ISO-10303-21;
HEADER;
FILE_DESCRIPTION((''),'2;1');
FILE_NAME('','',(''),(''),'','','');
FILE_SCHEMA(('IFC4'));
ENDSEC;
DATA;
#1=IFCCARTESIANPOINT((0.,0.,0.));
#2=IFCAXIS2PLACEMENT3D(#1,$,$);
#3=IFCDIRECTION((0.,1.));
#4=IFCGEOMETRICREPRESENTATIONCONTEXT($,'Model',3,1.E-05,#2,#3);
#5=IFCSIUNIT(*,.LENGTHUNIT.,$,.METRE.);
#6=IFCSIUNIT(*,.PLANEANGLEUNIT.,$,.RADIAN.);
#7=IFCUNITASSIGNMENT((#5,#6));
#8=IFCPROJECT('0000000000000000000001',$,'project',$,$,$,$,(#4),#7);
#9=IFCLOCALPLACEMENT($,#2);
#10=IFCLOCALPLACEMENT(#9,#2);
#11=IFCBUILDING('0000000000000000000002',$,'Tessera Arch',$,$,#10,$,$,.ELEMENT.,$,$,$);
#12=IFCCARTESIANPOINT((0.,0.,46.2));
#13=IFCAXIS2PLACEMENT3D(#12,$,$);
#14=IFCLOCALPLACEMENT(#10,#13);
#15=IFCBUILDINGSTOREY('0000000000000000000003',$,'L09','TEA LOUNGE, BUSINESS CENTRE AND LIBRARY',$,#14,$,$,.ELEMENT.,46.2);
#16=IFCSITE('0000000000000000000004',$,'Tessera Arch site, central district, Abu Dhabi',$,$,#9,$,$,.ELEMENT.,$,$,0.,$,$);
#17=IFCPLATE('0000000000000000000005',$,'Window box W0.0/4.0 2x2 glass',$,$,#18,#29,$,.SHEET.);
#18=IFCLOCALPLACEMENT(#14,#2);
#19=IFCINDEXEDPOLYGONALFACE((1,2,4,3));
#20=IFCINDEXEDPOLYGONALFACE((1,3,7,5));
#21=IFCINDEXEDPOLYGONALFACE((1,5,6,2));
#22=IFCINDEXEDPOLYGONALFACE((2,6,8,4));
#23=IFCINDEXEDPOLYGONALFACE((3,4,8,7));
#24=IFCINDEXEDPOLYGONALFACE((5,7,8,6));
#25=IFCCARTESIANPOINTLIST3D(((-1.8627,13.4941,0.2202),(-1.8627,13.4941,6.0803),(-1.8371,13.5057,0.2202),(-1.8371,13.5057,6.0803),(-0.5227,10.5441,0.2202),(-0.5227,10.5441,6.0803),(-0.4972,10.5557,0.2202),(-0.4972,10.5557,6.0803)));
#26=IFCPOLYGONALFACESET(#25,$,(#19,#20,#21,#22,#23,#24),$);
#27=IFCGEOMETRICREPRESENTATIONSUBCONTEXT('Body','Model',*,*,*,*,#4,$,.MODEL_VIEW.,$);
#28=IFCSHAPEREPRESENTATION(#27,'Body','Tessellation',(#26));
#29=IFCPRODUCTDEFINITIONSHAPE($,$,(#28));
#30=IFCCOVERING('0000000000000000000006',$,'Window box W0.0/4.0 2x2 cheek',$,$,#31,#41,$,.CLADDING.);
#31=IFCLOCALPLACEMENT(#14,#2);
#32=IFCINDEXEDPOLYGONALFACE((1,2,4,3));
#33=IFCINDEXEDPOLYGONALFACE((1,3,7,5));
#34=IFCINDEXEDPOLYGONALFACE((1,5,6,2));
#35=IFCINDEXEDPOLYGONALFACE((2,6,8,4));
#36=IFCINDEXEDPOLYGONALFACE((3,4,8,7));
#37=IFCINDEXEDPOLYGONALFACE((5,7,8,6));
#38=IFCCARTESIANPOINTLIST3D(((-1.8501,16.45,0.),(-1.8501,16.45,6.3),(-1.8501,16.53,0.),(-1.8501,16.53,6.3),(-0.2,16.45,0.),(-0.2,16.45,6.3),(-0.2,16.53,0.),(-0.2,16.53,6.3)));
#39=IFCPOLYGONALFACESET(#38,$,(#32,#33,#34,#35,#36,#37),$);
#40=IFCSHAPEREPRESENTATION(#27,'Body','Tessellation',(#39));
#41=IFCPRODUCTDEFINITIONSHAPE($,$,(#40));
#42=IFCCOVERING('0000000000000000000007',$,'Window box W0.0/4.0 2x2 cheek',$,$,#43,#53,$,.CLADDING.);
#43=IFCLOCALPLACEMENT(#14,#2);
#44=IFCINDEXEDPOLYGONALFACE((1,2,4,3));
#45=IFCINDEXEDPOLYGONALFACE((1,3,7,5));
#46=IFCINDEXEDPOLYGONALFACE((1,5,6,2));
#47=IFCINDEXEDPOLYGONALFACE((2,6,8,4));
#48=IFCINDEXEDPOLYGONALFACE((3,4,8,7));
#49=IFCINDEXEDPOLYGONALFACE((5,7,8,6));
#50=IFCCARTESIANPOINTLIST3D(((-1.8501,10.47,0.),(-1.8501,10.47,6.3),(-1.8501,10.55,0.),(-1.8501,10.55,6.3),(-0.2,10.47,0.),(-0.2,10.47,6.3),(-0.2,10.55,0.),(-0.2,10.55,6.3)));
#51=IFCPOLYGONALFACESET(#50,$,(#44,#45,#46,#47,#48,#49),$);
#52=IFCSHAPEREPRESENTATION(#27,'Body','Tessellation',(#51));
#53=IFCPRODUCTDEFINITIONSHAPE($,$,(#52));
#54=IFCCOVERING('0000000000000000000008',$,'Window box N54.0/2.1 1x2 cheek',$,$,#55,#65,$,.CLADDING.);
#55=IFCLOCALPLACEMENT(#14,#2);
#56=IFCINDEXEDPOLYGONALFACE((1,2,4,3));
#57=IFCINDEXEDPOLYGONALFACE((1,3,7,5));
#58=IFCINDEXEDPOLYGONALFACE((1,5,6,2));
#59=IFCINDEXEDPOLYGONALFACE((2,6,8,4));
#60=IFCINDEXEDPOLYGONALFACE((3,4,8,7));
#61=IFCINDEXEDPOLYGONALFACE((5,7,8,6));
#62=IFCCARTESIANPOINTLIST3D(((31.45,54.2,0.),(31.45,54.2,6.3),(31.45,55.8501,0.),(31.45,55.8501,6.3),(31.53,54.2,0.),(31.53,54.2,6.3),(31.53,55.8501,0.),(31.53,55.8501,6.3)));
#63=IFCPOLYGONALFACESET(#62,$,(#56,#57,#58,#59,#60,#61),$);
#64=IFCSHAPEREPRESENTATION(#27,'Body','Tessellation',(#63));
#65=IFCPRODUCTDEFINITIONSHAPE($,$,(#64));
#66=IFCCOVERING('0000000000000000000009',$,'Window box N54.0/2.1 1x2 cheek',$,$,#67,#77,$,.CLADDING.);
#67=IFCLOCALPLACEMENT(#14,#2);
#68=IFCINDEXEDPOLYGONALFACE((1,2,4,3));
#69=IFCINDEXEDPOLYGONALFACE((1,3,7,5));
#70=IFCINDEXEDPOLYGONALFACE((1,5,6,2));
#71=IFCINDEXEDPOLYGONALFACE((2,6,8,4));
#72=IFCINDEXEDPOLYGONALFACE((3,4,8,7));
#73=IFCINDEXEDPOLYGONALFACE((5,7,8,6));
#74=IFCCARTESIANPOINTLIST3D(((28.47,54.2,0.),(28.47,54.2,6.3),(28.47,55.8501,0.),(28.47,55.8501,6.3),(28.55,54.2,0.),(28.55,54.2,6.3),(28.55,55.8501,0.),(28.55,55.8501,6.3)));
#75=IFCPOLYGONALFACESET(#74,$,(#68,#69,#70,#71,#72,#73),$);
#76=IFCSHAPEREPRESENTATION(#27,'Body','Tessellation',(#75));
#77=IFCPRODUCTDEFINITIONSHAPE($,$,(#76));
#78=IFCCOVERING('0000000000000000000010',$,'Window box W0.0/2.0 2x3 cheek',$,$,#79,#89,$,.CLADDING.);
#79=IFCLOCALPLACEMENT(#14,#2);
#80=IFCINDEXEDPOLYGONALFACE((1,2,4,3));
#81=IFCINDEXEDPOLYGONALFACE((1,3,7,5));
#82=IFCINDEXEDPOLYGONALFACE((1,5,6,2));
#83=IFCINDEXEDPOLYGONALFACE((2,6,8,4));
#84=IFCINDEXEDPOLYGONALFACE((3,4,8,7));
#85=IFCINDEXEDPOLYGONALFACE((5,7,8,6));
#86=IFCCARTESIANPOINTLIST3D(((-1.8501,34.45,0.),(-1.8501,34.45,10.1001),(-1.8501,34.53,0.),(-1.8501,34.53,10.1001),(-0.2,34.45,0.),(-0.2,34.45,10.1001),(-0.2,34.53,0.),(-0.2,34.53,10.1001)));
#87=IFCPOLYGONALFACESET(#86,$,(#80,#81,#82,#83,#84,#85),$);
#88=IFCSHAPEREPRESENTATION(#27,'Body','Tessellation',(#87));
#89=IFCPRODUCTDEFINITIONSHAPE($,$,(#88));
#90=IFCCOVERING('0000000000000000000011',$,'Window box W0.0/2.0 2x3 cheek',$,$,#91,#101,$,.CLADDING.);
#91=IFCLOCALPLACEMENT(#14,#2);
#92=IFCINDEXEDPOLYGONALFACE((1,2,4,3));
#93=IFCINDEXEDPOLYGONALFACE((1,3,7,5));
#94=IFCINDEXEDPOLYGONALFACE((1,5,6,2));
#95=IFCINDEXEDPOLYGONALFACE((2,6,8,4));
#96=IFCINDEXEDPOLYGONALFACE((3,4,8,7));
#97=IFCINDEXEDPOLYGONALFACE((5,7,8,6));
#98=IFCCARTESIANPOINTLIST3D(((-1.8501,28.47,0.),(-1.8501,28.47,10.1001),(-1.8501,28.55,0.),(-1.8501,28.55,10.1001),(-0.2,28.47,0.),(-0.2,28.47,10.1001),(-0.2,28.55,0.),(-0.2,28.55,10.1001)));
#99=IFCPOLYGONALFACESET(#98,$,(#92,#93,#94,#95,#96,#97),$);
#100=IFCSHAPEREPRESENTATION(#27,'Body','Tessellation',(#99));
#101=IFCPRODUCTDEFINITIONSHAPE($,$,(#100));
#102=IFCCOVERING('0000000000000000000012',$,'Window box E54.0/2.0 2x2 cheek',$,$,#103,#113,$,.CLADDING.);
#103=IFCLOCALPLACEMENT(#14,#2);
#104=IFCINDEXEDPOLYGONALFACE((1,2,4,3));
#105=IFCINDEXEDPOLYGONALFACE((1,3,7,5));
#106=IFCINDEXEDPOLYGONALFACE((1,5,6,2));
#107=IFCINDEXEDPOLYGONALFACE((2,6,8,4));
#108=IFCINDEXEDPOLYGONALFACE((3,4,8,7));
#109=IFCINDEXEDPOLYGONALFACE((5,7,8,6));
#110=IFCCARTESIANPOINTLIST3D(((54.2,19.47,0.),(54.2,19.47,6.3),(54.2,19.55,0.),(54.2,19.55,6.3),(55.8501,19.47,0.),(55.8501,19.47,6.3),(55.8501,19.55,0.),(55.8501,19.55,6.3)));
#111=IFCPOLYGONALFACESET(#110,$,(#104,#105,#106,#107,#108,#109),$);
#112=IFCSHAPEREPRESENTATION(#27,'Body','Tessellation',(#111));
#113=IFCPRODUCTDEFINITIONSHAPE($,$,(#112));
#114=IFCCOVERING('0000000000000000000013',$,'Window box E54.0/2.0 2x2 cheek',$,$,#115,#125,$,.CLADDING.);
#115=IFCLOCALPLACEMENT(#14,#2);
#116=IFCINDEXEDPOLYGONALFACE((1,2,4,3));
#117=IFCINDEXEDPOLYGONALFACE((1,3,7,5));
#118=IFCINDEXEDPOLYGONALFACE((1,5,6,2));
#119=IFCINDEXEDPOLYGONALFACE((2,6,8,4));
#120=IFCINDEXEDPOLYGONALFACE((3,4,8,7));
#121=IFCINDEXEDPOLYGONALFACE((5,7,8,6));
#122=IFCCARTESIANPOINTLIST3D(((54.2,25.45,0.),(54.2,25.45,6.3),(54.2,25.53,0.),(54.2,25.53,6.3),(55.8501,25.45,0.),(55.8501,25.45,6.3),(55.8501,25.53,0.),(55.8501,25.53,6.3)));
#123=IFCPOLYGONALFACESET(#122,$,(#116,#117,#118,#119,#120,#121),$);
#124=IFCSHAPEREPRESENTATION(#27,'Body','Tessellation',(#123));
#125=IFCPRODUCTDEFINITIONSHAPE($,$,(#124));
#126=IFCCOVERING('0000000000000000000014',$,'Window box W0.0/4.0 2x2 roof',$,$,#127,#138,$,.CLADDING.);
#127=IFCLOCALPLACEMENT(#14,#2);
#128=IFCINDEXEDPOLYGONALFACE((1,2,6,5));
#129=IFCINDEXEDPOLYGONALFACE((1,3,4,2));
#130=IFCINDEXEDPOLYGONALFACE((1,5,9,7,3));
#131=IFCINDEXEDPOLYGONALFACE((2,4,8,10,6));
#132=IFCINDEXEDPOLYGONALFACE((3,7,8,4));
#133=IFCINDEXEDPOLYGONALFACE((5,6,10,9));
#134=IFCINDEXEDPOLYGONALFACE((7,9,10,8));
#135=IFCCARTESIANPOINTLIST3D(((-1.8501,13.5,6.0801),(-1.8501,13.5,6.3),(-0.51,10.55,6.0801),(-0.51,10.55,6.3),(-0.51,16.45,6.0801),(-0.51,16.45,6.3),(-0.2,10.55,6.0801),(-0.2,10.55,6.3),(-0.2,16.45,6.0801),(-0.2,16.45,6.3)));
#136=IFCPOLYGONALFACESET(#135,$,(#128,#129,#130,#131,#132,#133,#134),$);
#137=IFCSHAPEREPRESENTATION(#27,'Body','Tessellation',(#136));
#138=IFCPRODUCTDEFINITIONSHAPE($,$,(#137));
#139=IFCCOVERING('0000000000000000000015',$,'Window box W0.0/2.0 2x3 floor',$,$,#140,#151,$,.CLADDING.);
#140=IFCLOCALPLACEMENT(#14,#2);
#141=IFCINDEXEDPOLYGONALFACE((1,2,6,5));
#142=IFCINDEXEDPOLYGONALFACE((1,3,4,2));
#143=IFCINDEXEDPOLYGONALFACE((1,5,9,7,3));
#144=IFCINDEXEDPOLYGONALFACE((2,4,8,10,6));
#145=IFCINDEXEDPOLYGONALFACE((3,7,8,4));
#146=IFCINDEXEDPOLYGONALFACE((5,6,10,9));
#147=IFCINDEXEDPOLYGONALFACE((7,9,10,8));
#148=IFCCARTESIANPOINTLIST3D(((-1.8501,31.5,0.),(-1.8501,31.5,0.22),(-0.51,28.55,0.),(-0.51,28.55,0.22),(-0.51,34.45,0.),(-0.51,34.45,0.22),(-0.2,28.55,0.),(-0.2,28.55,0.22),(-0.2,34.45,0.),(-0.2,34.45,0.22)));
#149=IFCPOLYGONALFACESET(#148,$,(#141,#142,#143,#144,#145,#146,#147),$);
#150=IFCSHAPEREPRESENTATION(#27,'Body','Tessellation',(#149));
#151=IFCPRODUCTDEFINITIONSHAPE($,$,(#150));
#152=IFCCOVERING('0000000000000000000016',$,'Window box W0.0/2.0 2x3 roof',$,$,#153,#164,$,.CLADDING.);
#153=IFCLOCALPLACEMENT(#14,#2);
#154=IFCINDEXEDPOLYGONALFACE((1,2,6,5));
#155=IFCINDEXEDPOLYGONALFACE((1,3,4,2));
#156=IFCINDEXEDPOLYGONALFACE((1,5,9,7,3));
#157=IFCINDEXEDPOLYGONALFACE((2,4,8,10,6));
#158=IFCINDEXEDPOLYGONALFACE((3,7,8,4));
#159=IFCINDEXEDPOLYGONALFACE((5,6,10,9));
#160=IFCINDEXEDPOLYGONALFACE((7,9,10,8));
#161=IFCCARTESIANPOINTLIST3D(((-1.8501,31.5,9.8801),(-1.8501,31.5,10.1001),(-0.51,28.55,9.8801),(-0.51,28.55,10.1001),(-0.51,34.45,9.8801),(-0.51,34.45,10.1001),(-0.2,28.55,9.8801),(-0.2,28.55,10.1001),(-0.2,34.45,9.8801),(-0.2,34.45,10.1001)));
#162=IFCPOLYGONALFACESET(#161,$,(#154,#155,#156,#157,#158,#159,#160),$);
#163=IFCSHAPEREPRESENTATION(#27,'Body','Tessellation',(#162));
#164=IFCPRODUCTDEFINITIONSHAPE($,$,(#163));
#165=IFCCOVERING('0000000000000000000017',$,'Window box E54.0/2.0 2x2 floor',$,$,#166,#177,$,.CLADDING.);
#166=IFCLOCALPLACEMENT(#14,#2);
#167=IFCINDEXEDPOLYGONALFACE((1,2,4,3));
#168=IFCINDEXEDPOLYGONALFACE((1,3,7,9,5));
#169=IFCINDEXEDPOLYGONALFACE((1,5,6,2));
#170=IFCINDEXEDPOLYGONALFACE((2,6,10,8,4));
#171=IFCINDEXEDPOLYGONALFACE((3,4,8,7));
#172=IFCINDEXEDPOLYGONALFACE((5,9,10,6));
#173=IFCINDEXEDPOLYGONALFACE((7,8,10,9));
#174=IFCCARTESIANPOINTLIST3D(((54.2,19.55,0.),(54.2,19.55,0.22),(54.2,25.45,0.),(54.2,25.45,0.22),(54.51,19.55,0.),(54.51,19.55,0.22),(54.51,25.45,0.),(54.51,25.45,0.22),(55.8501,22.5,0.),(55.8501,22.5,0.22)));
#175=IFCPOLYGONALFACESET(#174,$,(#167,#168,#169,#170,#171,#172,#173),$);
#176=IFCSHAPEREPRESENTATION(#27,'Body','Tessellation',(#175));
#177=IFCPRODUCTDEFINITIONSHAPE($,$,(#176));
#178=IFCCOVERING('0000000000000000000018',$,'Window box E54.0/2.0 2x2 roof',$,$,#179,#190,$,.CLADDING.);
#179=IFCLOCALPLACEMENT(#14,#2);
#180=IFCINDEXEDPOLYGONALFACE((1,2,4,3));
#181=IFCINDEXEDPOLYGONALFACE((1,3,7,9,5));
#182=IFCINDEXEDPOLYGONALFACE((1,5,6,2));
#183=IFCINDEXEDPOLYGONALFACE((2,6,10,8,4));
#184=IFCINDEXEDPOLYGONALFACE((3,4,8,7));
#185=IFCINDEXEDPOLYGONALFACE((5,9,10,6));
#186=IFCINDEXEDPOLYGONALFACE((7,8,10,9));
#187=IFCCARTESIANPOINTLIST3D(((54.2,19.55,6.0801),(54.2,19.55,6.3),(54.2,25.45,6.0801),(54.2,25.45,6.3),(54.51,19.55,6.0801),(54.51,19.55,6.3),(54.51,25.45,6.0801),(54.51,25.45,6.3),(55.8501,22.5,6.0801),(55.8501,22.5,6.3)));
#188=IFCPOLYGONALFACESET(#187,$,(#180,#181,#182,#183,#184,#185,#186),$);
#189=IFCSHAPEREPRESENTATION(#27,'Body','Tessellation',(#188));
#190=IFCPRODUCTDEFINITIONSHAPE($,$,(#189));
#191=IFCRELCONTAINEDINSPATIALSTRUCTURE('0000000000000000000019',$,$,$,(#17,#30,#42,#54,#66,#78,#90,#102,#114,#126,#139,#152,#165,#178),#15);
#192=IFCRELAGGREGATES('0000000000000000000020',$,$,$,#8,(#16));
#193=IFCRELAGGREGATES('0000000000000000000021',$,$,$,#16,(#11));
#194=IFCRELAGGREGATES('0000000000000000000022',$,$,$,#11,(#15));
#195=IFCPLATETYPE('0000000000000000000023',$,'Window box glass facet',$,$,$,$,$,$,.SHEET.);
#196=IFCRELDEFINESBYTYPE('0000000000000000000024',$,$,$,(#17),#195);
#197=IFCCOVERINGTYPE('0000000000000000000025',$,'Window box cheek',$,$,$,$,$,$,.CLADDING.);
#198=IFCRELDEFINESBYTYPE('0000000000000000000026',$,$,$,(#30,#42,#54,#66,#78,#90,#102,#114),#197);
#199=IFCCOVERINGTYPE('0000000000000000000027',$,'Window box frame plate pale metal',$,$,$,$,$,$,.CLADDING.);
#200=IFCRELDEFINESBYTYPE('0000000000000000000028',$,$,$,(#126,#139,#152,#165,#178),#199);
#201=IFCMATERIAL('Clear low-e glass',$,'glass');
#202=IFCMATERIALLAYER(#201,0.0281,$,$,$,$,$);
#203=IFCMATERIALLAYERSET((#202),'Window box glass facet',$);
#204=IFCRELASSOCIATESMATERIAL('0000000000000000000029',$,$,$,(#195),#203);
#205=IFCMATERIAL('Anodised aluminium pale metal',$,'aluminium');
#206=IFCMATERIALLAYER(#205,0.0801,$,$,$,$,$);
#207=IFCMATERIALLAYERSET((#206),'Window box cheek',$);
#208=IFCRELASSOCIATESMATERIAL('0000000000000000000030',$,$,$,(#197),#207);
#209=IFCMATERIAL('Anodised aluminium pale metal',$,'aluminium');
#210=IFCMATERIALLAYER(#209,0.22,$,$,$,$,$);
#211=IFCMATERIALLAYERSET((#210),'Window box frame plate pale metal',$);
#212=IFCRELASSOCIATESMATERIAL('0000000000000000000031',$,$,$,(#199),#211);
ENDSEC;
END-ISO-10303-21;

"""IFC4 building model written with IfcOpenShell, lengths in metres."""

from ifc_helpers import new_model, si_unit, direction, frame, origin, origin_2d, place, context, subcontext, project, spatial, polyline, rectangle, outline, extrude, material, layer, layer_set, type_object, element, save


model = new_model("IFC4")

# Units and contexts
model_context = context("Model", 3, precision=1e-05, world=origin(), true_north=direction((0.0, 1.0)))
body_context = subcontext(model_context, "Body", "Model", "MODEL_VIEW")
ifc_project = project(units=[si_unit("LENGTHUNIT", "METRE"), si_unit("PLANEANGLEUNIT", "RADIAN")], contexts=[model_context])

# Site, building, storey
site_placement = place(None, origin())
site = spatial("IfcSite", under=ifc_project, at=site_placement, Name="Tessera Arch site, central district, Abu Dhabi", CompositionType="ELEMENT", RefElevation=0.0)
building_placement = place(site_placement, origin())
building = spatial("IfcBuilding", under=site, at=building_placement, Name="Tessera Arch", CompositionType="ELEMENT")
storey_placement = place(building_placement, frame((0.0, 0.0, 46.2)))
storey = spatial("IfcBuildingStorey", under=building, at=storey_placement, Name="L09", Description="TEA LOUNGE, BUSINESS CENTRE AND LIBRARY", CompositionType="ELEMENT", Elevation=46.2)

# Plate
ifc_material_1 = material(Name="Clear low-e glass", Category="glass")
ifc_layer_1 = layer(ifc_material_1, 0.0281)
ifc_layer_set_1 = layer_set([ifc_layer_1], Name="Window box glass facet")
plate_type_1 = type_object("IfcPlateType", Name="Window box glass facet", PredefinedType="SHEET", material=ifc_layer_set_1)
plate_1_placement = place(storey_placement, frame((-1.1799, 12.0249, 0.2202), z_axis=(0.0, 0.0, 1.0), x_axis=(-0.41357, 0.910472, 0.0)))
element("IfcPlate", 1, at=plate_1_placement, inside=storey, type_object=plate_type_1, Name="Window box W0.0/4.0 2x2 glass", PredefinedType="SHEET", context=body_context, shape_type="SweptSolid", body=[
    extrude(rectangle(XDim=3.24, YDim=0.0281, at=origin_2d()), origin(), (0.0, 0.0, 1.0), 5.8601),
])

# Coverings
ifc_material_2 = material(Name="Anodised aluminium pale metal", Category="aluminium")
ifc_layer_2 = layer(ifc_material_2, 0.0801)
ifc_layer_set_2 = layer_set([ifc_layer_2], Name="Window box cheek")
covering_type_1 = type_object("IfcCoveringType", Name="Window box cheek", PredefinedType="CLADDING", material=ifc_layer_set_2)
covering_1_placement = place(storey_placement, origin())
element("IfcCovering", 2, at=covering_1_placement, inside=storey, type_object=covering_type_1, Name="Window box W0.0/4.0 2x2 cheek", PredefinedType="CLADDING", context=body_context, shape_type="SweptSolid", body=[
    extrude(outline(polyline([(-1.8501, 16.53), (-1.8501, 16.45), (-0.2, 16.45), (-0.2, 16.53), (-1.8501, 16.53)])), origin(), (0.0, 0.0, 1.0), 6.3),
])
covering_2_placement = place(storey_placement, origin())
element("IfcCovering", 3, at=covering_2_placement, inside=storey, type_object=covering_type_1, Name="Window box W0.0/4.0 2x2 cheek", PredefinedType="CLADDING", context=body_context, shape_type="SweptSolid", body=[
    extrude(outline(polyline([(-1.8501, 10.55), (-1.8501, 10.47), (-0.2, 10.47), (-0.2, 10.55), (-1.8501, 10.55)])), origin(), (0.0, 0.0, 1.0), 6.3),
])
covering_3_placement = place(storey_placement, origin())
element("IfcCovering", 4, at=covering_3_placement, inside=storey, type_object=covering_type_1, Name="Window box N54.0/2.1 1x2 cheek", PredefinedType="CLADDING", context=body_context, shape_type="SweptSolid", body=[
    extrude(outline(polyline([(31.53, 55.8501), (31.45, 55.8501), (31.45, 54.2), (31.53, 54.2), (31.53, 55.8501)])), origin(), (0.0, 0.0, 1.0), 6.3),
])
covering_4_placement = place(storey_placement, origin())
element("IfcCovering", 5, at=covering_4_placement, inside=storey, type_object=covering_type_1, Name="Window box N54.0/2.1 1x2 cheek", PredefinedType="CLADDING", context=body_context, shape_type="SweptSolid", body=[
    extrude(outline(polyline([(28.55, 55.8501), (28.47, 55.8501), (28.47, 54.2), (28.55, 54.2), (28.55, 55.8501)])), origin(), (0.0, 0.0, 1.0), 6.3),
])
covering_5_placement = place(storey_placement, origin())
element("IfcCovering", 6, at=covering_5_placement, inside=storey, type_object=covering_type_1, Name="Window box W0.0/2.0 2x3 cheek", PredefinedType="CLADDING", context=body_context, shape_type="SweptSolid", body=[
    extrude(outline(polyline([(-1.8501, 34.53), (-1.8501, 34.45), (-0.2, 34.45), (-0.2, 34.53), (-1.8501, 34.53)])), origin(), (0.0, 0.0, 1.0), 10.1001),
])
covering_6_placement = place(storey_placement, origin())
element("IfcCovering", 7, at=covering_6_placement, inside=storey, type_object=covering_type_1, Name="Window box W0.0/2.0 2x3 cheek", PredefinedType="CLADDING", context=body_context, shape_type="SweptSolid", body=[
    extrude(outline(polyline([(-1.8501, 28.55), (-1.8501, 28.47), (-0.2, 28.47), (-0.2, 28.55), (-1.8501, 28.55)])), origin(), (0.0, 0.0, 1.0), 10.1001),
])
covering_7_placement = place(storey_placement, origin())
element("IfcCovering", 8, at=covering_7_placement, inside=storey, type_object=covering_type_1, Name="Window box E54.0/2.0 2x2 cheek", PredefinedType="CLADDING", context=body_context, shape_type="SweptSolid", body=[
    extrude(outline(polyline([(55.8501, 19.47), (55.8501, 19.55), (54.2, 19.55), (54.2, 19.47), (55.8501, 19.47)])), origin(), (0.0, 0.0, 1.0), 6.3),
])
covering_8_placement = place(storey_placement, origin())
element("IfcCovering", 9, at=covering_8_placement, inside=storey, type_object=covering_type_1, Name="Window box E54.0/2.0 2x2 cheek", PredefinedType="CLADDING", context=body_context, shape_type="SweptSolid", body=[
    extrude(outline(polyline([(55.8501, 25.45), (55.8501, 25.53), (54.2, 25.53), (54.2, 25.45), (55.8501, 25.45)])), origin(), (0.0, 0.0, 1.0), 6.3),
])
ifc_material_3 = material(Name="Anodised aluminium pale metal", Category="aluminium")
ifc_layer_3 = layer(ifc_material_3, 0.22)
ifc_layer_set_3 = layer_set([ifc_layer_3], Name="Window box frame plate pale metal")
covering_type_2 = type_object("IfcCoveringType", Name="Window box frame plate pale metal", PredefinedType="CLADDING", material=ifc_layer_set_3)
covering_9_placement = place(storey_placement, frame((0.0, 0.0, 6.0801)))
element("IfcCovering", 10, at=covering_9_placement, inside=storey, type_object=covering_type_2, Name="Window box W0.0/4.0 2x2 roof", PredefinedType="CLADDING", context=body_context, shape_type="SweptSolid", body=[
    extrude(outline(polyline([(-0.51, 16.45), (-1.8501, 13.5), (-0.51, 10.55), (-0.2, 10.55), (-0.2, 16.45), (-0.51, 16.45)])), origin(), (0.0, 0.0, 1.0), 0.22),
])
for number, where, name in (
    (11, (0.0, 0.0, 0.0), "Window box W0.0/2.0 2x3 floor"),
    (12, (0.0, 0.0, 9.8801), "Window box W0.0/2.0 2x3 roof"),
):
    element("IfcCovering", number, at=place(storey_placement, frame(where)), inside=storey, type_object=covering_type_2, Name=name, PredefinedType="CLADDING", context=body_context, shape_type="SweptSolid", body=[
        extrude(outline(polyline([(-0.51, 34.45), (-1.8501, 31.5), (-0.51, 28.55), (-0.2, 28.55), (-0.2, 34.45), (-0.51, 34.45)])), origin(), (0.0, 0.0, 1.0), 0.22),
    ])
for number, where, name in (
    (13, (0.0, 0.0, 0.0), "Window box E54.0/2.0 2x2 floor"),
    (14, (0.0, 0.0, 6.0801), "Window box E54.0/2.0 2x2 roof"),
):
    element("IfcCovering", number, at=place(storey_placement, frame(where)), inside=storey, type_object=covering_type_2, Name=name, PredefinedType="CLADDING", context=body_context, shape_type="SweptSolid", body=[
        extrude(outline(polyline([(54.51, 19.55), (55.8501, 22.5), (54.51, 25.45), (54.2, 25.45), (54.2, 19.55), (54.51, 19.55)])), origin(), (0.0, 0.0, 1.0), 0.22),
    ])

save(model, "model.ifc")
